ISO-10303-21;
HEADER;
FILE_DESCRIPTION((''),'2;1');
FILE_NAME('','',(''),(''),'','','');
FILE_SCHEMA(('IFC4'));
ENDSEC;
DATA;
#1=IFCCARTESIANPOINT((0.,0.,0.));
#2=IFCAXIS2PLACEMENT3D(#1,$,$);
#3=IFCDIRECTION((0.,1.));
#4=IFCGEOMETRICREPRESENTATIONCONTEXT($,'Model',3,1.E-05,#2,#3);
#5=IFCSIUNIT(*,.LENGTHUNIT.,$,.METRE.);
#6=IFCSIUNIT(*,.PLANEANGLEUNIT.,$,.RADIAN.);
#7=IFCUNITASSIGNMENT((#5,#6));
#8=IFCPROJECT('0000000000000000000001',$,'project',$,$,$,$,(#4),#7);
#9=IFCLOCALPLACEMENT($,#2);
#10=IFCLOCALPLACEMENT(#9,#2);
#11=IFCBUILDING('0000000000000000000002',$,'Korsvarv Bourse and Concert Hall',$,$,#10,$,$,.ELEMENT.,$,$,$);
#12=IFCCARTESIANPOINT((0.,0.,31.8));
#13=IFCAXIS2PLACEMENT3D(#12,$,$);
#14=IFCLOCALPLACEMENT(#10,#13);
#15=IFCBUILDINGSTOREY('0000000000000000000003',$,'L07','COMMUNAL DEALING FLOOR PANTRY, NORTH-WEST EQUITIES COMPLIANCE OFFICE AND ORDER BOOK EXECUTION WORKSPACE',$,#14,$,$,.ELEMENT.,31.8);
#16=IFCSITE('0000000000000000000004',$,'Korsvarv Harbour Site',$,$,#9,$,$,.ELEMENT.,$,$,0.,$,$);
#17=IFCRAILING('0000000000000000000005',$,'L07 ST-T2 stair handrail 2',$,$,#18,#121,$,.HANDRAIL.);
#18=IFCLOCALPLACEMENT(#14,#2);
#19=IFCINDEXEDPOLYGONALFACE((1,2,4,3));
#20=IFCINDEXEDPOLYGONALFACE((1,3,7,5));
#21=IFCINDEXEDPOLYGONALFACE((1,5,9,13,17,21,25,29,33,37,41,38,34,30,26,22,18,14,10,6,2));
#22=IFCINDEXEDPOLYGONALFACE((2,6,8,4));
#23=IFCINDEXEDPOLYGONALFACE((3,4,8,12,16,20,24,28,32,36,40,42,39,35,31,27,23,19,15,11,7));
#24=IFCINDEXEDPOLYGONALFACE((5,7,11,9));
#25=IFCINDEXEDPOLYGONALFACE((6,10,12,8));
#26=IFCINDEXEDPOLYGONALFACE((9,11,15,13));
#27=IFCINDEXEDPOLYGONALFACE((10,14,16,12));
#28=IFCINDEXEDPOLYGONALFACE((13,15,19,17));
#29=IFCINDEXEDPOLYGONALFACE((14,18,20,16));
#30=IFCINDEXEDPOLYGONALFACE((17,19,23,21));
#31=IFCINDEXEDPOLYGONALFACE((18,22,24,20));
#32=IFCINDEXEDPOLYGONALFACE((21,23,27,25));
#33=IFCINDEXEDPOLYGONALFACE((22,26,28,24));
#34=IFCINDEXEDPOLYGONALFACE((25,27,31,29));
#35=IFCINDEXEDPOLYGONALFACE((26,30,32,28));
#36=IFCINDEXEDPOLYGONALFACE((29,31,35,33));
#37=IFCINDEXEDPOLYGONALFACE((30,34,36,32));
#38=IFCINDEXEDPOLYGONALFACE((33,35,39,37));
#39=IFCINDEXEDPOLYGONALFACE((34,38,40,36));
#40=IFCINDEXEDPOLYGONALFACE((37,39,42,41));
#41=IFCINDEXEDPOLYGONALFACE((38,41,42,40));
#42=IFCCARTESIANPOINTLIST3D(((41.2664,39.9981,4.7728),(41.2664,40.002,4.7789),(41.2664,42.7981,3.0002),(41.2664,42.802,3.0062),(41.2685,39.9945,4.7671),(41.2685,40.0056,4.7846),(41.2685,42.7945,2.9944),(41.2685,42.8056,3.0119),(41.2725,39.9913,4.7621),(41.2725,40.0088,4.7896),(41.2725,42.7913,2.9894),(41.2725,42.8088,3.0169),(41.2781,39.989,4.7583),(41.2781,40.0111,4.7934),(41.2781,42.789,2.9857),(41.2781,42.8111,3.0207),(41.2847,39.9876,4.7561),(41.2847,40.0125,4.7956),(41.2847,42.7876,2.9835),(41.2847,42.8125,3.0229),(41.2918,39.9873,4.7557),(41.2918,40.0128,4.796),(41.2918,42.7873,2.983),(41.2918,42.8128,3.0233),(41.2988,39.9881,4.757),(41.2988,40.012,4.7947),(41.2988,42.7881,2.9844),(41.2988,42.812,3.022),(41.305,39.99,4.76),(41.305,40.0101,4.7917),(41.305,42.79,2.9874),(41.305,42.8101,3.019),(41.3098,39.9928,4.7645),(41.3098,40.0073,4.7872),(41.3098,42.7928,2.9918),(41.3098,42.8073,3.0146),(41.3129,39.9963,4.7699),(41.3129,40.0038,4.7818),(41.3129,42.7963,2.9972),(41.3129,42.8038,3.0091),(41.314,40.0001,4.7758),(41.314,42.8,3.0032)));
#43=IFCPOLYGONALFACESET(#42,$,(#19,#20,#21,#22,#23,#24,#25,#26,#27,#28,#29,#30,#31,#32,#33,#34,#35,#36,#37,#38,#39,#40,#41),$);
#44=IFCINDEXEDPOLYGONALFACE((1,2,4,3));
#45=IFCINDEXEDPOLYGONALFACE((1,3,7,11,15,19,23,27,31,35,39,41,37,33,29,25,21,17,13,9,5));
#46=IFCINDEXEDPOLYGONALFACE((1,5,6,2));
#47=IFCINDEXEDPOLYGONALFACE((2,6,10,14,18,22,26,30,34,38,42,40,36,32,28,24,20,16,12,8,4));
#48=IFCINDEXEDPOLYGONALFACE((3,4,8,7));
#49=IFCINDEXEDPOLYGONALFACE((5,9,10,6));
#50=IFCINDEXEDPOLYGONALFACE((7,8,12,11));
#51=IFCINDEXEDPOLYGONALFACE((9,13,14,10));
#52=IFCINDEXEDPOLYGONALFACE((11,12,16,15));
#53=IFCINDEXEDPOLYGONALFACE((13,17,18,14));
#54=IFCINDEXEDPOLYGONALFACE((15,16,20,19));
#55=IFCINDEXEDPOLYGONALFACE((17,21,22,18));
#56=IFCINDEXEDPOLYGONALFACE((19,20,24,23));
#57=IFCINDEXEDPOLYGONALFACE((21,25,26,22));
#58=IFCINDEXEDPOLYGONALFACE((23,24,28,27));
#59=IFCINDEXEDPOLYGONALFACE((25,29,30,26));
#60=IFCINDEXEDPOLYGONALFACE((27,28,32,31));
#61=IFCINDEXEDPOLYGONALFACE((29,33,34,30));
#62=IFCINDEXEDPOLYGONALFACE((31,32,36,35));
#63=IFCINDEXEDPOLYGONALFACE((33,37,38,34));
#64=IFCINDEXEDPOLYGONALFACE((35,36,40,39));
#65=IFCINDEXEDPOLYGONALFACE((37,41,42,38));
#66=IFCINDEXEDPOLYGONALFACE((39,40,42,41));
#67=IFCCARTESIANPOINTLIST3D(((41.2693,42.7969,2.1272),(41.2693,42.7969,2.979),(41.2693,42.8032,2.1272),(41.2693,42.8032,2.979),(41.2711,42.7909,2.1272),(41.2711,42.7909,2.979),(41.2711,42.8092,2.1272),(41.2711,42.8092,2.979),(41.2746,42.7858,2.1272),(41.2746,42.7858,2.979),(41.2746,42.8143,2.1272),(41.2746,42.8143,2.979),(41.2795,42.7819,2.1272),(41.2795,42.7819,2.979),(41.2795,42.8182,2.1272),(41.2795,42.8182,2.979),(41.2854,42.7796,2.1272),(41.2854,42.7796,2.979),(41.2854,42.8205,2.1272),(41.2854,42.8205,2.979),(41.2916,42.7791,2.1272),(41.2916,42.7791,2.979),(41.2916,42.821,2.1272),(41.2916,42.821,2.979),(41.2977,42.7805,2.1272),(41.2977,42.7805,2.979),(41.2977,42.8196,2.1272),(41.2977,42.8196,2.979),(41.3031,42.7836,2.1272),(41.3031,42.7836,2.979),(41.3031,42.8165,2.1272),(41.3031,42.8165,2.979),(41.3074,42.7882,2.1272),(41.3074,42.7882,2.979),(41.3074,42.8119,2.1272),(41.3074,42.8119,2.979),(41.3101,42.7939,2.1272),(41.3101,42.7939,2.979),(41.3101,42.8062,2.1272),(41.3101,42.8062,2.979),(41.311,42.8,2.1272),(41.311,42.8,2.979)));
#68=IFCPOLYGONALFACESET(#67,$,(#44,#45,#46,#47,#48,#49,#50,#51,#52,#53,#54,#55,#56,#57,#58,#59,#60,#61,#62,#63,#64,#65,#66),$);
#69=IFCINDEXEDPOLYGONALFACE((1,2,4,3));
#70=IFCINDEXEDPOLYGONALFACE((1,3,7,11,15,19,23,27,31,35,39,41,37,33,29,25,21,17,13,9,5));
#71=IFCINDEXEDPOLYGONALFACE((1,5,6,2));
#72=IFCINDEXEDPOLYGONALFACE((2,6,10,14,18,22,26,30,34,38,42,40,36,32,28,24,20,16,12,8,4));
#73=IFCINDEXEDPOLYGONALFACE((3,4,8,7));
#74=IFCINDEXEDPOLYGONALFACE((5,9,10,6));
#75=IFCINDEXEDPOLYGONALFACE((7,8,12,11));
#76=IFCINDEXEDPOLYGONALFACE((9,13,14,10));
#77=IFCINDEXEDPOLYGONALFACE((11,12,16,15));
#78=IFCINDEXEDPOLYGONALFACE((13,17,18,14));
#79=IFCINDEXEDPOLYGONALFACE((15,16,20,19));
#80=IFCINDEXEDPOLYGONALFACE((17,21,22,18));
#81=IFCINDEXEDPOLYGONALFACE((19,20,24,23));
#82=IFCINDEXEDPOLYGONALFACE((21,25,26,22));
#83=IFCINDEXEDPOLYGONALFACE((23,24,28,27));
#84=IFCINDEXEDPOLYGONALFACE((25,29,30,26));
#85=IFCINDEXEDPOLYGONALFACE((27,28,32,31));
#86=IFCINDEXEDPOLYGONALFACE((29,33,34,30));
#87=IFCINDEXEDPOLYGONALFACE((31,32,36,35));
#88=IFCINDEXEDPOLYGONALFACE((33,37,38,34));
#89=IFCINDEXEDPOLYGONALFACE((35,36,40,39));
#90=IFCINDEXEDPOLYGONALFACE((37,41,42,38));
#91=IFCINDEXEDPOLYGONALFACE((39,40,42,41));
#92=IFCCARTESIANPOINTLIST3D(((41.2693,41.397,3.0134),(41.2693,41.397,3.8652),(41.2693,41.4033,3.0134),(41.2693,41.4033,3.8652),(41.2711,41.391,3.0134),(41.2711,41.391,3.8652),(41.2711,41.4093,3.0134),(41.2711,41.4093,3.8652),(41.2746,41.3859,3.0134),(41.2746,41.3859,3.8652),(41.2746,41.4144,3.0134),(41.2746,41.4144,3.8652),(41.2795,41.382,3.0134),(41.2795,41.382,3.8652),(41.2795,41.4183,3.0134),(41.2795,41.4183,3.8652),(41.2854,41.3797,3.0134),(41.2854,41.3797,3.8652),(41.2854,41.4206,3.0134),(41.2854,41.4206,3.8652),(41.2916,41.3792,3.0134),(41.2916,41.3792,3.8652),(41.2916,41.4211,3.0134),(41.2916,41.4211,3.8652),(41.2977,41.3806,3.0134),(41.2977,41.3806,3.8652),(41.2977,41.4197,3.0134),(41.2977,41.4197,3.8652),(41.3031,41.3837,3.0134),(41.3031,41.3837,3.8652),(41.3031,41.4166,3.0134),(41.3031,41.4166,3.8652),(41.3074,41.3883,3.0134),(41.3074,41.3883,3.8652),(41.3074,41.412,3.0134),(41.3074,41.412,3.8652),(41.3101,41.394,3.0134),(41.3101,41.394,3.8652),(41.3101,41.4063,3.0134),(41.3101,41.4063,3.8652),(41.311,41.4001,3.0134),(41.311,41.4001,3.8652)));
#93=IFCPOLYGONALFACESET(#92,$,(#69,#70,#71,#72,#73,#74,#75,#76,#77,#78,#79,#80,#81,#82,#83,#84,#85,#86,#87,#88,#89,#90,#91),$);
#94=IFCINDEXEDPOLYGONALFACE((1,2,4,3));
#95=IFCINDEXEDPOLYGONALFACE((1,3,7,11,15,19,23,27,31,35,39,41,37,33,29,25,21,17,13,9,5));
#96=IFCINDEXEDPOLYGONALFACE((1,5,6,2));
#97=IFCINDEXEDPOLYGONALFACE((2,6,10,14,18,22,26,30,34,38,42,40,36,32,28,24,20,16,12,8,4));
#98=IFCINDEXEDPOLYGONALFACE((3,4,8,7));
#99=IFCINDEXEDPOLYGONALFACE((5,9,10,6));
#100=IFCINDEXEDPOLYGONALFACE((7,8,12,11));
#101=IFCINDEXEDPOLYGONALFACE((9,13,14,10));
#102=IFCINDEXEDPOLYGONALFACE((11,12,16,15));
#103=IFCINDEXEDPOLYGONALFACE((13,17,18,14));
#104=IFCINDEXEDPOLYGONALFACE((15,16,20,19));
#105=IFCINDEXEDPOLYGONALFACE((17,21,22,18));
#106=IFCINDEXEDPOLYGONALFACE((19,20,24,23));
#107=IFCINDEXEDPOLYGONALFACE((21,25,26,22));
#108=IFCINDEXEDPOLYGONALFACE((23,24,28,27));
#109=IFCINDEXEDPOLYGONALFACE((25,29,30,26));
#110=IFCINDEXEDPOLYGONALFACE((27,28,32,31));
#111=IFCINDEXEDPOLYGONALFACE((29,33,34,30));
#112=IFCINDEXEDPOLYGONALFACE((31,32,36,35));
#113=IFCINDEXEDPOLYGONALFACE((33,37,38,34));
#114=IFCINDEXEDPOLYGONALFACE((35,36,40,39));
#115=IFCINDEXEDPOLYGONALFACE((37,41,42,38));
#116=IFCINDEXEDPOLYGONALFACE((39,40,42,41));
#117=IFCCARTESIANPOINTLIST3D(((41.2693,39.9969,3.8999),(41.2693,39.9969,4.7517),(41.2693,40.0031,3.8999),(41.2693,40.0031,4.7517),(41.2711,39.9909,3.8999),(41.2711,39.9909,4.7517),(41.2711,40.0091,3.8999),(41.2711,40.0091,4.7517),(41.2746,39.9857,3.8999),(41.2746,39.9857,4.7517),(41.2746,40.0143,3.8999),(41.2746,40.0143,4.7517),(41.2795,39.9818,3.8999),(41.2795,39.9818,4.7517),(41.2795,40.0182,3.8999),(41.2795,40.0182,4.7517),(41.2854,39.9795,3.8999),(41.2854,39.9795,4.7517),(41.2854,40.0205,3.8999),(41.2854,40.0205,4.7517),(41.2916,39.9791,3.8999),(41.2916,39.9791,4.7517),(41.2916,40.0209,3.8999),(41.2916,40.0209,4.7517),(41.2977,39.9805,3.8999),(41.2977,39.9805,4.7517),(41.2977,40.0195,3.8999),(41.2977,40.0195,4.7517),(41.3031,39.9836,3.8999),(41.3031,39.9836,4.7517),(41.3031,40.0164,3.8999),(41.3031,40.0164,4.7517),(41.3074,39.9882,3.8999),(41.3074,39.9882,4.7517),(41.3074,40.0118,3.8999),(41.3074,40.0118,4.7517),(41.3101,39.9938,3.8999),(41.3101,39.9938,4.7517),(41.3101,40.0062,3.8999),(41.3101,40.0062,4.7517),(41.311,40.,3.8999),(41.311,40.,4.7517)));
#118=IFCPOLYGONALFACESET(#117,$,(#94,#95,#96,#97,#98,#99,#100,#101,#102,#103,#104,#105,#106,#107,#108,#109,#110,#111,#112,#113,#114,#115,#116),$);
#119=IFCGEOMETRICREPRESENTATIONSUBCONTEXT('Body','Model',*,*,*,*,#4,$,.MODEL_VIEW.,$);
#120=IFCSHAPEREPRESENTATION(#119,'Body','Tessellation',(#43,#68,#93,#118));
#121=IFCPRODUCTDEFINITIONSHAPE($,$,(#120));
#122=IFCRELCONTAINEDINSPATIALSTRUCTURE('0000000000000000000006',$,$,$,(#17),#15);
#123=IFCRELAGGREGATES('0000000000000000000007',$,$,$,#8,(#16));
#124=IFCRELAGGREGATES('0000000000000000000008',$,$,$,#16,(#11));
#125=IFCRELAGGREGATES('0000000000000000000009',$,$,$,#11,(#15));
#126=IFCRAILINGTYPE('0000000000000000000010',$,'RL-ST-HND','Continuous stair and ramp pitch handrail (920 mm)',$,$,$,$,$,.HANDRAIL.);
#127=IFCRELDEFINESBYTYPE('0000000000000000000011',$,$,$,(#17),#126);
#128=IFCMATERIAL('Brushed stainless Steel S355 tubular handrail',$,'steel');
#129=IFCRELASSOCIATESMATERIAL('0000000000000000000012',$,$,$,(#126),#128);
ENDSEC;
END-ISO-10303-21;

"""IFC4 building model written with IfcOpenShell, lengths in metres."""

from ifc_helpers import new_model, si_unit, direction, frame, origin, origin_2d, place, context, subcontext, project, spatial, circle, extrude, material, type_object, element, save


model = new_model("IFC4")

# Units and contexts
model_context = context("Model", 3, precision=1e-05, world=origin(), true_north=direction((0.0, 1.0)))
body_context = subcontext(model_context, "Body", "Model", "MODEL_VIEW")
ifc_project = project(units=[si_unit("LENGTHUNIT", "METRE"), si_unit("PLANEANGLEUNIT", "RADIAN")], contexts=[model_context])

# Site, building, storey
site_placement = place(None, origin())
site = spatial("IfcSite", under=ifc_project, at=site_placement, Name="Korsvarv Harbour Site", CompositionType="ELEMENT", RefElevation=0.0)
building_placement = place(site_placement, origin())
building = spatial("IfcBuilding", under=site, at=building_placement, Name="Korsvarv Bourse and Concert Hall", CompositionType="ELEMENT")
storey_placement = place(building_placement, frame((0.0, 0.0, 31.8)))
storey = spatial("IfcBuildingStorey", under=building, at=storey_placement, Name="L07", Description="COMMUNAL DEALING FLOOR PANTRY, NORTH-WEST EQUITIES COMPLIANCE OFFICE AND ORDER BOOK EXECUTION WORKSPACE", CompositionType="ELEMENT", Elevation=31.8)

# Railing
ifc_material_1 = material(Name="Brushed stainless Steel S355 tubular handrail", Category="steel")
railing_type_1 = type_object("IfcRailingType", Name="RL-ST-HND", Description="Continuous stair and ramp pitch handrail (920 mm)", PredefinedType="HANDRAIL", material=ifc_material_1)
railing_1_placement = place(storey_placement, frame((41.29, 42.8, 2.1272)))
element("IfcRailing", 1, at=railing_1_placement, inside=storey, type_object=railing_type_1, Name="L07 ST-T2 stair handrail 2", PredefinedType="HANDRAIL", context=body_context, shape_type="SweptSolid", body=[
    extrude(circle(Radius=0.0239, at=origin_2d()), frame((0.0, 0.0, 0.876), z_axis=(0.0, -0.844909, 0.53491), x_axis=(1.0, 0.0, 0.0)), (0.0, 0.0, 1.0), 3.314),
    extrude(circle(Radius=0.021, at=origin_2d()), origin(), (0.0, 0.0, 1.0), 0.8518),
    extrude(circle(Radius=0.021, at=origin_2d()), frame((0.0, -1.3999, 0.8862)), (0.0, 0.0, 1.0), 0.8518),
    extrude(circle(Radius=0.021, at=origin_2d()), frame((0.0, -2.8, 1.7727)), (0.0, 0.0, 1.0), 0.8518),
])

save(model, "model.ifc")
